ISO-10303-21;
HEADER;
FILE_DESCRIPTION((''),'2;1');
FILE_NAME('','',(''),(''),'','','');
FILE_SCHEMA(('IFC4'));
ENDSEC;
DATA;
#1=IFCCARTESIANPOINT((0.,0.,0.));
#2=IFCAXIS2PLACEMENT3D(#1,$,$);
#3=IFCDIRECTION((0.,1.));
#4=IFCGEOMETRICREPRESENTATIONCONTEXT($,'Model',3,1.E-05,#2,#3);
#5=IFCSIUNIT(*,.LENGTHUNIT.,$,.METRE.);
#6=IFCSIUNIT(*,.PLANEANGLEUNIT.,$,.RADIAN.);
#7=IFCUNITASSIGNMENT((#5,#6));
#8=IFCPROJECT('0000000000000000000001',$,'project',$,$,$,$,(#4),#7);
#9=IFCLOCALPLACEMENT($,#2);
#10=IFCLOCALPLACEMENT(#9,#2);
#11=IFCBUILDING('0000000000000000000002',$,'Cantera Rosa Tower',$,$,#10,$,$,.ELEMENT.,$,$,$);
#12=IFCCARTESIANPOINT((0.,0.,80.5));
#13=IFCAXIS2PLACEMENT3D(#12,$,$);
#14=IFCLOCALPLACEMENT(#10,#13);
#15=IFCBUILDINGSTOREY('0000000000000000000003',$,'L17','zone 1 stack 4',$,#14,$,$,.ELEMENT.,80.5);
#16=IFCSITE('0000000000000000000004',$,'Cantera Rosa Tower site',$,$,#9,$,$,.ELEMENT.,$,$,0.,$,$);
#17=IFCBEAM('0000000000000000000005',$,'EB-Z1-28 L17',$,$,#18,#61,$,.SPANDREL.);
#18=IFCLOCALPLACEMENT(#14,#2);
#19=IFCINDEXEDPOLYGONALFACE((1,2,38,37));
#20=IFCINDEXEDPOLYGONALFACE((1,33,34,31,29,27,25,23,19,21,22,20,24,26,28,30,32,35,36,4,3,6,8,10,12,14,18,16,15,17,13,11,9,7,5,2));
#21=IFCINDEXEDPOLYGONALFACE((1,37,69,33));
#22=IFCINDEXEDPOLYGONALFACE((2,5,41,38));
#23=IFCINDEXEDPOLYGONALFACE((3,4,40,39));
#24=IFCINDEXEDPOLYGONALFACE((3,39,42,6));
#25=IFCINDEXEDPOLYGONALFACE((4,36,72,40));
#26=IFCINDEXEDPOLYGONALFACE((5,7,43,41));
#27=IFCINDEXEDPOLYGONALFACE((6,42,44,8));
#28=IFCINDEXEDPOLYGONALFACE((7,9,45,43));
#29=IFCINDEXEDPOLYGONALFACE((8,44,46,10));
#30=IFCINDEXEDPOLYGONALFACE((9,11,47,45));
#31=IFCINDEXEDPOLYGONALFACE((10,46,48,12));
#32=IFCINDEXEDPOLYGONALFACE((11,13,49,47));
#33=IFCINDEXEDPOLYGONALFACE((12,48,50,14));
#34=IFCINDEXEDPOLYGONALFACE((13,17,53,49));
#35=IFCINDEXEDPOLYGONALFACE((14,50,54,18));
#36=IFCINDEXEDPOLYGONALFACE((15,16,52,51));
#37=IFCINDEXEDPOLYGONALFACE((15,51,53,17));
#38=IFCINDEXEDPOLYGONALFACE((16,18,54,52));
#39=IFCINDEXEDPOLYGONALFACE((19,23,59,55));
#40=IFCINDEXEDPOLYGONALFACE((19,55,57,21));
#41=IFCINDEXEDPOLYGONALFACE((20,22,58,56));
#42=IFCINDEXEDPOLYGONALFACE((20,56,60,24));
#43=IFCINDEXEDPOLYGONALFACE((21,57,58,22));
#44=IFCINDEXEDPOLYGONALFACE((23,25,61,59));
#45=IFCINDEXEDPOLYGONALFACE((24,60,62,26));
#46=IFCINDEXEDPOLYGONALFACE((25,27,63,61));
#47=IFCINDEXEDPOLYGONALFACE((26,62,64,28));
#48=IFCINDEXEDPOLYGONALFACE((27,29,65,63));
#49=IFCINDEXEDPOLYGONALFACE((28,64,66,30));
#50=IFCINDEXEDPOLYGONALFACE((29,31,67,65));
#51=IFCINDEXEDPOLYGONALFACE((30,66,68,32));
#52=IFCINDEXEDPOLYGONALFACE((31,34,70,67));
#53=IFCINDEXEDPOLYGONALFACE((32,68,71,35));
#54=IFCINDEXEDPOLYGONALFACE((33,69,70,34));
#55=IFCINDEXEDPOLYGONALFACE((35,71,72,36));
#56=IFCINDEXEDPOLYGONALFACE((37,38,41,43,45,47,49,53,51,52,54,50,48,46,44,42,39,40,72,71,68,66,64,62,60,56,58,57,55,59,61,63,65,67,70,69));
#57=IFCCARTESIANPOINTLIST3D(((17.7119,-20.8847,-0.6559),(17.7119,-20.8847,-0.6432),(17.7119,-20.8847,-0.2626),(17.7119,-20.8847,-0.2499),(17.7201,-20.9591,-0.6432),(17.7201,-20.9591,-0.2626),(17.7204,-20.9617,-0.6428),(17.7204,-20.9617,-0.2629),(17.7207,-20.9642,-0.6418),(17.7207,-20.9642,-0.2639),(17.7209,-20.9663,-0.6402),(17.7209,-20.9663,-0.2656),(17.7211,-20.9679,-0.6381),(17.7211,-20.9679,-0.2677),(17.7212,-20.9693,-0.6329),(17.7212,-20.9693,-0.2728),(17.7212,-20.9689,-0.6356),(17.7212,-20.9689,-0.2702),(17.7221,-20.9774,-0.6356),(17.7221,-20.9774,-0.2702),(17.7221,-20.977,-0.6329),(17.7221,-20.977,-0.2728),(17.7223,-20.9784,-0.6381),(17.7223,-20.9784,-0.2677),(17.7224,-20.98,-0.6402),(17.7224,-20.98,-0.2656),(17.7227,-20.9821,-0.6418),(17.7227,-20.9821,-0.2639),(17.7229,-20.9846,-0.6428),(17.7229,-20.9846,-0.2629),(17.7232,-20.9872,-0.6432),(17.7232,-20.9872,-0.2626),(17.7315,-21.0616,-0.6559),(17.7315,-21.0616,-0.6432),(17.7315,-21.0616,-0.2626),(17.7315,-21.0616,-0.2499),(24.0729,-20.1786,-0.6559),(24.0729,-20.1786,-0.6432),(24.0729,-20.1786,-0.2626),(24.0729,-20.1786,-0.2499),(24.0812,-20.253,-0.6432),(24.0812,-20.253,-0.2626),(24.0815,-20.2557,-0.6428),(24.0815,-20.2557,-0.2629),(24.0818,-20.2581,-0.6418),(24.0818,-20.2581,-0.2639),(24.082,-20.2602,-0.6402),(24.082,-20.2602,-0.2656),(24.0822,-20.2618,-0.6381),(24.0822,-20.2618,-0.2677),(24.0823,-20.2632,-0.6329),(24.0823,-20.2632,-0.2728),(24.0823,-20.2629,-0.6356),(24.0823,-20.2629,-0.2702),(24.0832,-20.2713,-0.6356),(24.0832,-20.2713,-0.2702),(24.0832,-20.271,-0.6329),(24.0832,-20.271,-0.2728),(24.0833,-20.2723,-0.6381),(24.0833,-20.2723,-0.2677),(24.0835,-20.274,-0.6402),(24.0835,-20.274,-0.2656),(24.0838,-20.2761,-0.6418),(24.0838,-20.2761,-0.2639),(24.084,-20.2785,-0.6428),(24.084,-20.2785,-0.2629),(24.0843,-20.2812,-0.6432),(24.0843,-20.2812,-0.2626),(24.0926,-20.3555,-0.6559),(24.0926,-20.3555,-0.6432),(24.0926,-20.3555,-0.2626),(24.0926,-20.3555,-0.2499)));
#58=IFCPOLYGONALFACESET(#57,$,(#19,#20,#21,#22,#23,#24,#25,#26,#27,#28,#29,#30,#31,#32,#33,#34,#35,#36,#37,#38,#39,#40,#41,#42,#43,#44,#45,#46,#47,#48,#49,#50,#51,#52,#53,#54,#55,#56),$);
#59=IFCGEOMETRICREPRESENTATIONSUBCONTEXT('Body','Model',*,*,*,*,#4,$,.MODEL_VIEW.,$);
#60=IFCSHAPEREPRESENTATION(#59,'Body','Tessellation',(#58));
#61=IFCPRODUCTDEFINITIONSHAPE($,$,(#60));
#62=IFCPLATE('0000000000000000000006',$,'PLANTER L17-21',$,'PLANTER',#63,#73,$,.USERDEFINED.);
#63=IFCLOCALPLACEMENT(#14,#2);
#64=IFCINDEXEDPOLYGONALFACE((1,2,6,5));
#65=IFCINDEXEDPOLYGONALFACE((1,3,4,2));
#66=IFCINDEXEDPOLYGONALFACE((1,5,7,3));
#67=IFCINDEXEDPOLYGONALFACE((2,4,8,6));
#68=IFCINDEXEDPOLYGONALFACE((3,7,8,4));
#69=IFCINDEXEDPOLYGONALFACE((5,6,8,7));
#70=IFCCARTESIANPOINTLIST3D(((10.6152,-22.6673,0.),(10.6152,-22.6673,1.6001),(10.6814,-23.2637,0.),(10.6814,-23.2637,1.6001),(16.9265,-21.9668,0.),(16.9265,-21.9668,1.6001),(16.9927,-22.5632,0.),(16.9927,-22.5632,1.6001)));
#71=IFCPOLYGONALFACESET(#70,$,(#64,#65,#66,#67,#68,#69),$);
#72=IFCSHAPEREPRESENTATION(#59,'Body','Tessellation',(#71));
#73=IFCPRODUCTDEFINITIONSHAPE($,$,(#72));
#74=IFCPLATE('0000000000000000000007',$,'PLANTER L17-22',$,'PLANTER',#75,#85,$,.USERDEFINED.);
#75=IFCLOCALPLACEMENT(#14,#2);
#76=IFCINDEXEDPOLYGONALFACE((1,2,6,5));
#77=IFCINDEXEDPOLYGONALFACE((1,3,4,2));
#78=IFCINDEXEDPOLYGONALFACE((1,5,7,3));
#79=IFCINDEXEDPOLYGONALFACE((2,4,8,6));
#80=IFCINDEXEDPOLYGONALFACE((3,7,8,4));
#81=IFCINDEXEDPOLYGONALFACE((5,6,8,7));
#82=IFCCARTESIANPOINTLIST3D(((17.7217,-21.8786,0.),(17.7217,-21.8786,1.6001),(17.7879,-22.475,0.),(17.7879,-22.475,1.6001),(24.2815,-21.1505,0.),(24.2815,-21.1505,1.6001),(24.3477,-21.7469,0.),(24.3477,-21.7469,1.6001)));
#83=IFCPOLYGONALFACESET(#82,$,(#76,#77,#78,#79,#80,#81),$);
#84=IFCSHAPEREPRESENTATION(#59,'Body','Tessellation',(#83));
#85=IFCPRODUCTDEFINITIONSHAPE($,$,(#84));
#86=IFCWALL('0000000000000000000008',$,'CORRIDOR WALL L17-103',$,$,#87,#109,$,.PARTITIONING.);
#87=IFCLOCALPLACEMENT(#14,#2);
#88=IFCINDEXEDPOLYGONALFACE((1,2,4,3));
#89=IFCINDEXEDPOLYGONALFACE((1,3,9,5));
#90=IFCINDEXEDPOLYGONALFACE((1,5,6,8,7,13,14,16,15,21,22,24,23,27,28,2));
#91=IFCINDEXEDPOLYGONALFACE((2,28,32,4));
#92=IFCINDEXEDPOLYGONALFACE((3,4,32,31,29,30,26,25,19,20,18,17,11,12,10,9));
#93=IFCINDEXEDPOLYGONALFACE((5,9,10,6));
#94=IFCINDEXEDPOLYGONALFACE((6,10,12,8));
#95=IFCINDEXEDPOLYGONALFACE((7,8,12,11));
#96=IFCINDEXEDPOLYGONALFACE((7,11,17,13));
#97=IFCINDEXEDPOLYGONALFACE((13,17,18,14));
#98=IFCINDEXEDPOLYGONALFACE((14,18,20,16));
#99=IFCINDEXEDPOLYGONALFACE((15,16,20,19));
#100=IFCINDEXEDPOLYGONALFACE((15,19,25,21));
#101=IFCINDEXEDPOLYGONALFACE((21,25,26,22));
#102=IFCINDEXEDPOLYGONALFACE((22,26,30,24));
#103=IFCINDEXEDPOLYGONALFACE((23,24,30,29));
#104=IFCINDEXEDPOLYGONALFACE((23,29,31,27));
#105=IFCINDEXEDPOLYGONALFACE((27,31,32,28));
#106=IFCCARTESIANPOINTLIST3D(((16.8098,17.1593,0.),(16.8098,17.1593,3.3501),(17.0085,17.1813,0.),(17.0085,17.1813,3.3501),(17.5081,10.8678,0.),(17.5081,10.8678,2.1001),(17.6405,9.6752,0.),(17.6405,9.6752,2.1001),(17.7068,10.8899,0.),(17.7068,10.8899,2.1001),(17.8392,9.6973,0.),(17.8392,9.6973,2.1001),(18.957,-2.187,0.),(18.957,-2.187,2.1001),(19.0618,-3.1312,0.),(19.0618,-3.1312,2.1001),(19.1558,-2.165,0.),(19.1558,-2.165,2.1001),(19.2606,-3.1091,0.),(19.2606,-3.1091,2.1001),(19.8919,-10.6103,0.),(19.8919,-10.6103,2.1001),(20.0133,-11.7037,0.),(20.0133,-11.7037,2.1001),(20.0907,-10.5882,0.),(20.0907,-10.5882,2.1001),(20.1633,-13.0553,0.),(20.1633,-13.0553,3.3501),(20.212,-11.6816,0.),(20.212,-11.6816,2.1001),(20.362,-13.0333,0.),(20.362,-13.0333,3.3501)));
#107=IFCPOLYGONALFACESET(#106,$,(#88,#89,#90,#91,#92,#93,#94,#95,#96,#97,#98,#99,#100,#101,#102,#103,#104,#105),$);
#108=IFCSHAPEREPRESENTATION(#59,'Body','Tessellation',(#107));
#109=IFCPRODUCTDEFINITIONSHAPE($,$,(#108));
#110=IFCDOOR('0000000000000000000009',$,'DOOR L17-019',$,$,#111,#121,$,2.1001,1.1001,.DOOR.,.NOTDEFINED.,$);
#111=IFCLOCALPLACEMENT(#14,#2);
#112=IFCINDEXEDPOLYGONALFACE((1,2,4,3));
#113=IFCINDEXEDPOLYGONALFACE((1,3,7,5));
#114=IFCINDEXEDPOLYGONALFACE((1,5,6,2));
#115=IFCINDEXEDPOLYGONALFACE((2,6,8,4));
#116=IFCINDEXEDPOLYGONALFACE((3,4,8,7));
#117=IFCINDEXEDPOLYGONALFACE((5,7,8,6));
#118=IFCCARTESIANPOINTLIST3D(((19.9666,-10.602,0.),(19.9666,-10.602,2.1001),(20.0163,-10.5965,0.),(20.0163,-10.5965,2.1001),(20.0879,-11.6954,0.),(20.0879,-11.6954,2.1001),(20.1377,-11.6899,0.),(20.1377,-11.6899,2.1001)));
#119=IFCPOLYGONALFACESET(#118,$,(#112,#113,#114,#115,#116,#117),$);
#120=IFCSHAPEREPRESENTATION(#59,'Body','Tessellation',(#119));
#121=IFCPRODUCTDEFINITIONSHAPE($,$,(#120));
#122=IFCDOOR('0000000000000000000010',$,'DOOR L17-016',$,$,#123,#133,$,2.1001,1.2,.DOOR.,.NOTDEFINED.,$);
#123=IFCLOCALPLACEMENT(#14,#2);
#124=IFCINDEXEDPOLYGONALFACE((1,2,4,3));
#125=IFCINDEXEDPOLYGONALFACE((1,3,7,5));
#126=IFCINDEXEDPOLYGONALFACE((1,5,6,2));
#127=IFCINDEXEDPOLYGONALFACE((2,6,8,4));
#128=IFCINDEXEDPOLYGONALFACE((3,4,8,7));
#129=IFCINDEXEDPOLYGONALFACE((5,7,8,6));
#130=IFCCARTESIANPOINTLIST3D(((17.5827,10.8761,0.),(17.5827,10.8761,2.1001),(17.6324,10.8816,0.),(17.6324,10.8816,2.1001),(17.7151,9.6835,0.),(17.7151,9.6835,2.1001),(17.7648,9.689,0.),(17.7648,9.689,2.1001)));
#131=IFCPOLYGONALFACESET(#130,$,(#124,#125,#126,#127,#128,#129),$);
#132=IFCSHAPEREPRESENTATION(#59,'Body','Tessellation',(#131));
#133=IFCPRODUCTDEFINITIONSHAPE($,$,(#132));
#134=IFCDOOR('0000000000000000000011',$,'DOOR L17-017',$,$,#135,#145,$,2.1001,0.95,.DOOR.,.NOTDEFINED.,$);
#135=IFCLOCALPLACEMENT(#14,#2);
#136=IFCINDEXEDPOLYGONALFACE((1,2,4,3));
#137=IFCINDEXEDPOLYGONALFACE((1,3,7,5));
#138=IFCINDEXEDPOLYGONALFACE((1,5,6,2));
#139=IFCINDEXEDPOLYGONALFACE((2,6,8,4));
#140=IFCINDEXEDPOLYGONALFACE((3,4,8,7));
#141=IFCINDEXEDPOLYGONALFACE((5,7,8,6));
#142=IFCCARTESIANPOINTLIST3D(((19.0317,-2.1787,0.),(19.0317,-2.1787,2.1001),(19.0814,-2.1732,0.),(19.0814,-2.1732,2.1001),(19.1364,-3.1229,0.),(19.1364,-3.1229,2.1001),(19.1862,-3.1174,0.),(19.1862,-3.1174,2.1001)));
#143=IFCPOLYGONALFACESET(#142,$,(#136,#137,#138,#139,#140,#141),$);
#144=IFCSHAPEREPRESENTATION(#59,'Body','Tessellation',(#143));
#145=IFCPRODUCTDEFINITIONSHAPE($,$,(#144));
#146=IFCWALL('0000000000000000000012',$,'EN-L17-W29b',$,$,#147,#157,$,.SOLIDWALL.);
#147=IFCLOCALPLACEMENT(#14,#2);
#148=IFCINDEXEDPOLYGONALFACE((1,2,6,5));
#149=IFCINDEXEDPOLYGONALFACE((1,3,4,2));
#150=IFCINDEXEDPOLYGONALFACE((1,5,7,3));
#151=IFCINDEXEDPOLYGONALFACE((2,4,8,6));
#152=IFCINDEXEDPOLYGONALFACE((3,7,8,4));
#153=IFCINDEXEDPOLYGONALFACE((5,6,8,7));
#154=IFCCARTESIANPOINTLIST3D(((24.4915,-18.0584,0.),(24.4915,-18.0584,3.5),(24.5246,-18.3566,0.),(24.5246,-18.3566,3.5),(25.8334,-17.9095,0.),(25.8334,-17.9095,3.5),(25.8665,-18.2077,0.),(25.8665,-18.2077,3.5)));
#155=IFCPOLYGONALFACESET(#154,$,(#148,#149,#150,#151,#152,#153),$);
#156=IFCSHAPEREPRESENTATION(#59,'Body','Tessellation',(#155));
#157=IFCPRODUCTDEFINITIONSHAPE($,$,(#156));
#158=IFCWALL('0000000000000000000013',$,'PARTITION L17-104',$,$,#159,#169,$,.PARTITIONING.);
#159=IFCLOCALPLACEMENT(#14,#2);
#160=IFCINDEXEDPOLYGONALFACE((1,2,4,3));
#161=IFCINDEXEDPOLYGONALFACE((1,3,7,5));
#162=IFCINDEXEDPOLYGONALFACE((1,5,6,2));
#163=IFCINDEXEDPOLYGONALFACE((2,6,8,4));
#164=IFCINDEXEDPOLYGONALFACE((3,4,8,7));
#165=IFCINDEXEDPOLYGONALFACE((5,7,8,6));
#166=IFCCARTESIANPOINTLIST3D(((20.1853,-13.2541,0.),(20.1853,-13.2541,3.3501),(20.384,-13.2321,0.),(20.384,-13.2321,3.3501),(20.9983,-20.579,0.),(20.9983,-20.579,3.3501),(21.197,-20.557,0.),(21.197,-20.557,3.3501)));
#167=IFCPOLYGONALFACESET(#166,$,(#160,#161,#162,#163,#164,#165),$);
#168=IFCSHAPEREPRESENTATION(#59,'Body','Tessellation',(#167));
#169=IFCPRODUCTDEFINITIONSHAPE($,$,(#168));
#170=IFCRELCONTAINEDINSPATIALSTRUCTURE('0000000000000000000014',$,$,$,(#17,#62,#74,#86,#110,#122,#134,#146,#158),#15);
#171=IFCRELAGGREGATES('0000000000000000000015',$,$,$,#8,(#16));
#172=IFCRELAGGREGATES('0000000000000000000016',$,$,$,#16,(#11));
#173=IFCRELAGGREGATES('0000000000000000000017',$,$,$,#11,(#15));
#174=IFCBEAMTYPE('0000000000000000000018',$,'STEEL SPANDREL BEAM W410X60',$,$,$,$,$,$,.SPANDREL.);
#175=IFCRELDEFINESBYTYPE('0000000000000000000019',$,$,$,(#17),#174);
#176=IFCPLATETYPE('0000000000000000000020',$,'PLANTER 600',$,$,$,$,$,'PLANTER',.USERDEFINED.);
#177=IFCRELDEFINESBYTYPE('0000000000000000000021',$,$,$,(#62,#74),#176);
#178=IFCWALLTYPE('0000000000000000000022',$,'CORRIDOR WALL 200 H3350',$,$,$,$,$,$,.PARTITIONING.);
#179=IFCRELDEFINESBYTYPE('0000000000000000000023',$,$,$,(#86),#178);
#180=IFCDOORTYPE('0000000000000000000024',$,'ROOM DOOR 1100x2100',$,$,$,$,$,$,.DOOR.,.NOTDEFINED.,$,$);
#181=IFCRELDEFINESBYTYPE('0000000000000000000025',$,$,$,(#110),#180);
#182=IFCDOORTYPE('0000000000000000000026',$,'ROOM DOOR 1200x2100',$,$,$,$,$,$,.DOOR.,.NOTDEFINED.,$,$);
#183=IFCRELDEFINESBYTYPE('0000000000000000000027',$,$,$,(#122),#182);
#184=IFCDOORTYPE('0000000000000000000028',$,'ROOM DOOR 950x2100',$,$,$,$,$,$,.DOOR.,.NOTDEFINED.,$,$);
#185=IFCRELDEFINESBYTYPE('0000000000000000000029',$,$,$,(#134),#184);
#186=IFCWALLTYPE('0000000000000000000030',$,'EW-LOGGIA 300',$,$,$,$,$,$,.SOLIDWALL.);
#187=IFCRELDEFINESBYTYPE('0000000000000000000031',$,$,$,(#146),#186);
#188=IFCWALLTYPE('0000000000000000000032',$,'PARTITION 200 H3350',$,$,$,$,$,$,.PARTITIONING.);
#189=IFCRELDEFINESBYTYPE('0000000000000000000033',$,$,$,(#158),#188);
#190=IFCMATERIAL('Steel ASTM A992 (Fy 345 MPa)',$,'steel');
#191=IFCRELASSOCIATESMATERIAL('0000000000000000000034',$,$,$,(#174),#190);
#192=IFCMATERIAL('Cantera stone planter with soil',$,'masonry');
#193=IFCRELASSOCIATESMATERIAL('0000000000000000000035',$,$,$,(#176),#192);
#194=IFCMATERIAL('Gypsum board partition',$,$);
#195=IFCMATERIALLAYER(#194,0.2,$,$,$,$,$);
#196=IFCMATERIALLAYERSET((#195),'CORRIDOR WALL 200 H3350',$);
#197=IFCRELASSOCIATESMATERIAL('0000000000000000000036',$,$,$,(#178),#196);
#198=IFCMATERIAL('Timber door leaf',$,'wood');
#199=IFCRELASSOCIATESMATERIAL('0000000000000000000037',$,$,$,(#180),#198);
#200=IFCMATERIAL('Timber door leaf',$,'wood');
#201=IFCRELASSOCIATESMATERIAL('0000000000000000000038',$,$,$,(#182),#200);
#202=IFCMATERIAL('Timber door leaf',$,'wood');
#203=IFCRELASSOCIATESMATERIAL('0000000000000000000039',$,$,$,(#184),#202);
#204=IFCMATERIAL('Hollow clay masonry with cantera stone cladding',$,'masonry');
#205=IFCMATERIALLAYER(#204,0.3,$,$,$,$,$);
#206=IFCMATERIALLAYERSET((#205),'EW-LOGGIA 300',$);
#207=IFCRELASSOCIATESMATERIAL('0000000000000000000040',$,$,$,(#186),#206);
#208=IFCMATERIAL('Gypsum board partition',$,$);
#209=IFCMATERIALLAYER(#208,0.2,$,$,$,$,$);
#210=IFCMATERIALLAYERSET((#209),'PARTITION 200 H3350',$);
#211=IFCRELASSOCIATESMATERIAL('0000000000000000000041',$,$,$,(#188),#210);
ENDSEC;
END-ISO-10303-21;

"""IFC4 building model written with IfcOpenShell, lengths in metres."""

from ifc_helpers import new_model, si_unit, direction, frame, frame_2d, origin, origin_2d, place, context, subcontext, project, spatial, rectangle, i_section, extrude, material, layer, layer_set, material_profile, profile_set, type_object, element, fill, save


model = new_model("IFC4")

# Units and contexts
model_context = context("Model", 3, precision=1e-05, world=origin(), true_north=direction((0.0, 1.0)))
body_context = subcontext(model_context, "Body", "Model", "MODEL_VIEW")
ifc_project = project(units=[si_unit("LENGTHUNIT", "METRE"), si_unit("PLANEANGLEUNIT", "RADIAN")], contexts=[model_context])

# Site, building, storey
site_placement = place(None, origin())
site = spatial("IfcSite", under=ifc_project, at=site_placement, Name="Cantera Rosa Tower site", CompositionType="ELEMENT", RefElevation=0.0)
building_placement = place(site_placement, origin())
building = spatial("IfcBuilding", under=site, at=building_placement, Name="Cantera Rosa Tower", CompositionType="ELEMENT")
storey_placement = place(building_placement, frame((0.0, 0.0, 80.5)))
storey = spatial("IfcBuildingStorey", under=building, at=storey_placement, Name="L17", Description="zone 1 stack 4", CompositionType="ELEMENT", Elevation=80.5)

# Beam
ifc_material_1 = material(Name="Steel ASTM A992 (Fy 345 MPa)", Category="steel")
ifc_material_profile_1 = material_profile(ifc_material_1, i_section(OverallWidth=0.178, OverallDepth=0.406, WebThickness=0.0078, FlangeThickness=0.0127, FilletRadius=0.0103, at=origin_2d()), Name="W410X60")
ifc_profile_set_1 = profile_set([ifc_material_profile_1], Name="Steel ASTM A992 (Fy 345 MPa)")
beam_type_1 = type_object("IfcBeamType", Name="STEEL SPANDREL BEAM W410X60", PredefinedType="SPANDREL", material=ifc_profile_set_1)
beam_1_placement = place(storey_placement, frame((17.7217, -20.9731, -0.4529), z_axis=(0.993896, 0.110318, 0.0), x_axis=(-0.110318, 0.993896, 0.0)))
element("IfcBeam", 1, at=beam_1_placement, inside=storey, type_object=beam_type_1, Name="EB-Z1-28 L17", PredefinedType="SPANDREL", context=body_context, shape_type="SweptSolid", body=[
    extrude(i_section(OverallWidth=0.178, OverallDepth=0.406, WebThickness=0.0078, FlangeThickness=0.0127, FilletRadius=0.0103, at=origin_2d()), origin(), (0.0, 0.0, 1.0), 6.4001),
])

# Plates
ifc_material_2 = material(Name="Cantera stone planter with soil", Category="masonry")
plate_type = type_object("IfcPlateType", Name="PLANTER 600", ElementType="PLANTER", PredefinedType="USERDEFINED", material=ifc_material_2)
plate_1_placement = place(storey_placement, frame((13.804, -22.6152, 0.0), z_axis=(0.0, 0.0, 1.0), x_axis=(0.993897, 0.110313, 0.0)))
element("IfcPlate", 2, at=plate_1_placement, inside=storey, type_object=plate_type, Name="PLANTER L17-21", ObjectType="PLANTER", PredefinedType="USERDEFINED", context=body_context, shape_type="SweptSolid", body=[
    extrude(rectangle(XDim=6.3501, YDim=0.6001, at=origin_2d()), origin(), (0.0, 0.0, 1.0), 1.6001),
])
plate_2_placement = place(storey_placement, frame((21.0347, -21.8127, 0.0), z_axis=(0.0, 0.0, 1.0), x_axis=(0.993897, 0.110313, 0.0)))
element("IfcPlate", 3, at=plate_2_placement, inside=storey, type_object=plate_type, Name="PLANTER L17-22", ObjectType="PLANTER", PredefinedType="USERDEFINED", context=body_context, shape_type="SweptSolid", body=[
    extrude(rectangle(XDim=6.6001, YDim=0.6001, at=origin_2d()), origin(), (0.0, 0.0, 1.0), 1.6001),
])

# Wall, openings, doors
ifc_material_3 = material(Name="Gypsum board partition")
ifc_layer_1 = layer(ifc_material_3, 0.2)
ifc_layer_set_1 = layer_set([ifc_layer_1], Name="CORRIDOR WALL 200 H3350")
wall_type_1 = type_object("IfcWallType", Name="CORRIDOR WALL 200 H3350", PredefinedType="PARTITIONING", material=ifc_layer_set_1)
wall_1_placement = place(storey_placement, frame((20.2627, -13.0444, 0.0), z_axis=(0.0, 0.0, 1.0), x_axis=(-0.110313, 0.993897, 0.0)))
wall_1 = element("IfcWall", 4, at=wall_1_placement, inside=storey, type_object=wall_type_1, Name="CORRIDOR WALL L17-103", PredefinedType="PARTITIONING", context=body_context, shape_type="SweptSolid", body=[
    extrude(rectangle(XDim=30.4001, YDim=0.2, at=frame_2d((15.2002, 0.0))), origin(), (0.0, 0.0, 1.0), 3.3501),
])
opening_1_placement = place(wall_1_placement, frame((22.8701, 0.0, 0.0)))
opening_1 = element("IfcOpeningElement", 5, at=opening_1_placement, cuts=wall_1, PredefinedType="OPENING", context=body_context, shape_type="SweptSolid", body=[
    extrude(rectangle(XDim=1.2, YDim=2.1001, at=frame_2d((0.6001, 1.05))), frame((0.0, 0.1099, 0.0), z_axis=(0.0, -1.0, 0.0), x_axis=(1.0, 0.0, 0.0)), (0.0, 0.0, 1.0), 0.22),
])
opening_2_placement = place(wall_1_placement, frame((9.9851, 0.0, 0.0)))
opening_2 = element("IfcOpeningElement", 6, at=opening_2_placement, cuts=wall_1, PredefinedType="OPENING", context=body_context, shape_type="SweptSolid", body=[
    extrude(rectangle(XDim=0.95, YDim=2.1001, at=frame_2d((0.4751, 1.05))), frame((0.0, 0.1099, 0.0), z_axis=(0.0, -1.0, 0.0), x_axis=(1.0, 0.0, 0.0)), (0.0, 0.0, 1.0), 0.22),
])
opening_3_placement = place(wall_1_placement, frame((1.3601, 0.0, 0.0)))
opening_3 = element("IfcOpeningElement", 7, at=opening_3_placement, cuts=wall_1, PredefinedType="OPENING", context=body_context, shape_type="SweptSolid", body=[
    extrude(rectangle(XDim=1.1001, YDim=2.1001, at=frame_2d((0.55, 1.05))), frame((0.0, 0.1099, 0.0), z_axis=(0.0, -1.0, 0.0), x_axis=(1.0, 0.0, 0.0)), (0.0, 0.0, 1.0), 0.22),
])
ifc_material_4 = material(Name="Timber door leaf", Category="wood")
door_type_1 = type_object("IfcDoorType", Name="ROOM DOOR 1100x2100", OperationType="NOTDEFINED", PredefinedType="DOOR", material=ifc_material_4)
door_1_placement = place(opening_3_placement, origin())
door_1 = element("IfcDoor", 8, at=door_1_placement, inside=storey, type_object=door_type_1, Name="DOOR L17-019", OperationType="NOTDEFINED", OverallHeight=2.1001, OverallWidth=1.1001, PredefinedType="DOOR", context=body_context, shape_type="SweptSolid", body=[
    extrude(rectangle(XDim=1.1001, YDim=2.1001, at=frame_2d((0.55, 1.05))), frame((0.0, 0.0249, 0.0), z_axis=(0.0, -1.0, 0.0), x_axis=(1.0, 0.0, 0.0)), (0.0, 0.0, 1.0), 0.05),
])
fill(opening_3, door_1)
ifc_material_5 = material(Name="Timber door leaf", Category="wood")
door_type_2 = type_object("IfcDoorType", Name="ROOM DOOR 1200x2100", OperationType="NOTDEFINED", PredefinedType="DOOR", material=ifc_material_5)
door_2_placement = place(opening_1_placement, origin())
door_2 = element("IfcDoor", 9, at=door_2_placement, inside=storey, type_object=door_type_2, Name="DOOR L17-016", OperationType="NOTDEFINED", OverallHeight=2.1001, OverallWidth=1.2, PredefinedType="DOOR", context=body_context, shape_type="SweptSolid", body=[
    extrude(rectangle(XDim=1.2, YDim=2.1001, at=frame_2d((0.6001, 1.05))), frame((0.0, 0.0249, 0.0), z_axis=(0.0, -1.0, 0.0), x_axis=(1.0, 0.0, 0.0)), (0.0, 0.0, 1.0), 0.05),
])
fill(opening_1, door_2)
ifc_material_6 = material(Name="Timber door leaf", Category="wood")
door_type_3 = type_object("IfcDoorType", Name="ROOM DOOR 950x2100", OperationType="NOTDEFINED", PredefinedType="DOOR", material=ifc_material_6)
door_3_placement = place(opening_2_placement, origin())
door_3 = element("IfcDoor", 10, at=door_3_placement, inside=storey, type_object=door_type_3, Name="DOOR L17-017", OperationType="NOTDEFINED", OverallHeight=2.1001, OverallWidth=0.95, PredefinedType="DOOR", context=body_context, shape_type="SweptSolid", body=[
    extrude(rectangle(XDim=0.95, YDim=2.1001, at=frame_2d((0.4751, 1.05))), frame((0.0, 0.0249, 0.0), z_axis=(0.0, -1.0, 0.0), x_axis=(1.0, 0.0, 0.0)), (0.0, 0.0, 1.0), 0.05),
])
fill(opening_2, door_3)

# Wall
ifc_material_7 = material(Name="Hollow clay masonry with cantera stone cladding", Category="masonry")
ifc_layer_2 = layer(ifc_material_7, 0.3)
ifc_layer_set_2 = layer_set([ifc_layer_2], Name="EW-LOGGIA 300")
wall_type_2 = type_object("IfcWallType", Name="EW-LOGGIA 300", PredefinedType="SOLIDWALL", material=ifc_layer_set_2)
wall_2_placement = place(storey_placement, frame((24.5081, -18.2075, 0.0), z_axis=(0.0, 0.0, 1.0), x_axis=(0.993897, 0.110312, 0.0)))
element("IfcWall", 11, at=wall_2_placement, inside=storey, type_object=wall_type_2, Name="EN-L17-W29b", PredefinedType="SOLIDWALL", context=body_context, shape_type="SweptSolid", body=[
    extrude(rectangle(XDim=1.3501, YDim=0.3, at=frame_2d((0.675, 0.0))), origin(), (0.0, 0.0, 1.0), 3.5),
])

# Wall
ifc_material_8 = material(Name="Gypsum board partition")
ifc_layer_3 = layer(ifc_material_8, 0.2)
ifc_layer_set_3 = layer_set([ifc_layer_3], Name="PARTITION 200 H3350")
wall_type_3 = type_object("IfcWallType", Name="PARTITION 200 H3350", PredefinedType="PARTITIONING", material=ifc_layer_set_3)
wall_3_placement = place(storey_placement, frame((21.0977, -20.5681, 0.0), z_axis=(0.0, 0.0, 1.0), x_axis=(-0.110312, 0.993897, 0.0)))
element("IfcWall", 12, at=wall_3_placement, inside=storey, type_object=wall_type_3, Name="PARTITION L17-104", PredefinedType="PARTITIONING", context=body_context, shape_type="SweptSolid", body=[
    extrude(rectangle(XDim=7.3699, YDim=0.2, at=frame_2d((3.6851, 0.0))), origin(), (0.0, 0.0, 1.0), 3.3501),
])

save(model, "model.ifc")
